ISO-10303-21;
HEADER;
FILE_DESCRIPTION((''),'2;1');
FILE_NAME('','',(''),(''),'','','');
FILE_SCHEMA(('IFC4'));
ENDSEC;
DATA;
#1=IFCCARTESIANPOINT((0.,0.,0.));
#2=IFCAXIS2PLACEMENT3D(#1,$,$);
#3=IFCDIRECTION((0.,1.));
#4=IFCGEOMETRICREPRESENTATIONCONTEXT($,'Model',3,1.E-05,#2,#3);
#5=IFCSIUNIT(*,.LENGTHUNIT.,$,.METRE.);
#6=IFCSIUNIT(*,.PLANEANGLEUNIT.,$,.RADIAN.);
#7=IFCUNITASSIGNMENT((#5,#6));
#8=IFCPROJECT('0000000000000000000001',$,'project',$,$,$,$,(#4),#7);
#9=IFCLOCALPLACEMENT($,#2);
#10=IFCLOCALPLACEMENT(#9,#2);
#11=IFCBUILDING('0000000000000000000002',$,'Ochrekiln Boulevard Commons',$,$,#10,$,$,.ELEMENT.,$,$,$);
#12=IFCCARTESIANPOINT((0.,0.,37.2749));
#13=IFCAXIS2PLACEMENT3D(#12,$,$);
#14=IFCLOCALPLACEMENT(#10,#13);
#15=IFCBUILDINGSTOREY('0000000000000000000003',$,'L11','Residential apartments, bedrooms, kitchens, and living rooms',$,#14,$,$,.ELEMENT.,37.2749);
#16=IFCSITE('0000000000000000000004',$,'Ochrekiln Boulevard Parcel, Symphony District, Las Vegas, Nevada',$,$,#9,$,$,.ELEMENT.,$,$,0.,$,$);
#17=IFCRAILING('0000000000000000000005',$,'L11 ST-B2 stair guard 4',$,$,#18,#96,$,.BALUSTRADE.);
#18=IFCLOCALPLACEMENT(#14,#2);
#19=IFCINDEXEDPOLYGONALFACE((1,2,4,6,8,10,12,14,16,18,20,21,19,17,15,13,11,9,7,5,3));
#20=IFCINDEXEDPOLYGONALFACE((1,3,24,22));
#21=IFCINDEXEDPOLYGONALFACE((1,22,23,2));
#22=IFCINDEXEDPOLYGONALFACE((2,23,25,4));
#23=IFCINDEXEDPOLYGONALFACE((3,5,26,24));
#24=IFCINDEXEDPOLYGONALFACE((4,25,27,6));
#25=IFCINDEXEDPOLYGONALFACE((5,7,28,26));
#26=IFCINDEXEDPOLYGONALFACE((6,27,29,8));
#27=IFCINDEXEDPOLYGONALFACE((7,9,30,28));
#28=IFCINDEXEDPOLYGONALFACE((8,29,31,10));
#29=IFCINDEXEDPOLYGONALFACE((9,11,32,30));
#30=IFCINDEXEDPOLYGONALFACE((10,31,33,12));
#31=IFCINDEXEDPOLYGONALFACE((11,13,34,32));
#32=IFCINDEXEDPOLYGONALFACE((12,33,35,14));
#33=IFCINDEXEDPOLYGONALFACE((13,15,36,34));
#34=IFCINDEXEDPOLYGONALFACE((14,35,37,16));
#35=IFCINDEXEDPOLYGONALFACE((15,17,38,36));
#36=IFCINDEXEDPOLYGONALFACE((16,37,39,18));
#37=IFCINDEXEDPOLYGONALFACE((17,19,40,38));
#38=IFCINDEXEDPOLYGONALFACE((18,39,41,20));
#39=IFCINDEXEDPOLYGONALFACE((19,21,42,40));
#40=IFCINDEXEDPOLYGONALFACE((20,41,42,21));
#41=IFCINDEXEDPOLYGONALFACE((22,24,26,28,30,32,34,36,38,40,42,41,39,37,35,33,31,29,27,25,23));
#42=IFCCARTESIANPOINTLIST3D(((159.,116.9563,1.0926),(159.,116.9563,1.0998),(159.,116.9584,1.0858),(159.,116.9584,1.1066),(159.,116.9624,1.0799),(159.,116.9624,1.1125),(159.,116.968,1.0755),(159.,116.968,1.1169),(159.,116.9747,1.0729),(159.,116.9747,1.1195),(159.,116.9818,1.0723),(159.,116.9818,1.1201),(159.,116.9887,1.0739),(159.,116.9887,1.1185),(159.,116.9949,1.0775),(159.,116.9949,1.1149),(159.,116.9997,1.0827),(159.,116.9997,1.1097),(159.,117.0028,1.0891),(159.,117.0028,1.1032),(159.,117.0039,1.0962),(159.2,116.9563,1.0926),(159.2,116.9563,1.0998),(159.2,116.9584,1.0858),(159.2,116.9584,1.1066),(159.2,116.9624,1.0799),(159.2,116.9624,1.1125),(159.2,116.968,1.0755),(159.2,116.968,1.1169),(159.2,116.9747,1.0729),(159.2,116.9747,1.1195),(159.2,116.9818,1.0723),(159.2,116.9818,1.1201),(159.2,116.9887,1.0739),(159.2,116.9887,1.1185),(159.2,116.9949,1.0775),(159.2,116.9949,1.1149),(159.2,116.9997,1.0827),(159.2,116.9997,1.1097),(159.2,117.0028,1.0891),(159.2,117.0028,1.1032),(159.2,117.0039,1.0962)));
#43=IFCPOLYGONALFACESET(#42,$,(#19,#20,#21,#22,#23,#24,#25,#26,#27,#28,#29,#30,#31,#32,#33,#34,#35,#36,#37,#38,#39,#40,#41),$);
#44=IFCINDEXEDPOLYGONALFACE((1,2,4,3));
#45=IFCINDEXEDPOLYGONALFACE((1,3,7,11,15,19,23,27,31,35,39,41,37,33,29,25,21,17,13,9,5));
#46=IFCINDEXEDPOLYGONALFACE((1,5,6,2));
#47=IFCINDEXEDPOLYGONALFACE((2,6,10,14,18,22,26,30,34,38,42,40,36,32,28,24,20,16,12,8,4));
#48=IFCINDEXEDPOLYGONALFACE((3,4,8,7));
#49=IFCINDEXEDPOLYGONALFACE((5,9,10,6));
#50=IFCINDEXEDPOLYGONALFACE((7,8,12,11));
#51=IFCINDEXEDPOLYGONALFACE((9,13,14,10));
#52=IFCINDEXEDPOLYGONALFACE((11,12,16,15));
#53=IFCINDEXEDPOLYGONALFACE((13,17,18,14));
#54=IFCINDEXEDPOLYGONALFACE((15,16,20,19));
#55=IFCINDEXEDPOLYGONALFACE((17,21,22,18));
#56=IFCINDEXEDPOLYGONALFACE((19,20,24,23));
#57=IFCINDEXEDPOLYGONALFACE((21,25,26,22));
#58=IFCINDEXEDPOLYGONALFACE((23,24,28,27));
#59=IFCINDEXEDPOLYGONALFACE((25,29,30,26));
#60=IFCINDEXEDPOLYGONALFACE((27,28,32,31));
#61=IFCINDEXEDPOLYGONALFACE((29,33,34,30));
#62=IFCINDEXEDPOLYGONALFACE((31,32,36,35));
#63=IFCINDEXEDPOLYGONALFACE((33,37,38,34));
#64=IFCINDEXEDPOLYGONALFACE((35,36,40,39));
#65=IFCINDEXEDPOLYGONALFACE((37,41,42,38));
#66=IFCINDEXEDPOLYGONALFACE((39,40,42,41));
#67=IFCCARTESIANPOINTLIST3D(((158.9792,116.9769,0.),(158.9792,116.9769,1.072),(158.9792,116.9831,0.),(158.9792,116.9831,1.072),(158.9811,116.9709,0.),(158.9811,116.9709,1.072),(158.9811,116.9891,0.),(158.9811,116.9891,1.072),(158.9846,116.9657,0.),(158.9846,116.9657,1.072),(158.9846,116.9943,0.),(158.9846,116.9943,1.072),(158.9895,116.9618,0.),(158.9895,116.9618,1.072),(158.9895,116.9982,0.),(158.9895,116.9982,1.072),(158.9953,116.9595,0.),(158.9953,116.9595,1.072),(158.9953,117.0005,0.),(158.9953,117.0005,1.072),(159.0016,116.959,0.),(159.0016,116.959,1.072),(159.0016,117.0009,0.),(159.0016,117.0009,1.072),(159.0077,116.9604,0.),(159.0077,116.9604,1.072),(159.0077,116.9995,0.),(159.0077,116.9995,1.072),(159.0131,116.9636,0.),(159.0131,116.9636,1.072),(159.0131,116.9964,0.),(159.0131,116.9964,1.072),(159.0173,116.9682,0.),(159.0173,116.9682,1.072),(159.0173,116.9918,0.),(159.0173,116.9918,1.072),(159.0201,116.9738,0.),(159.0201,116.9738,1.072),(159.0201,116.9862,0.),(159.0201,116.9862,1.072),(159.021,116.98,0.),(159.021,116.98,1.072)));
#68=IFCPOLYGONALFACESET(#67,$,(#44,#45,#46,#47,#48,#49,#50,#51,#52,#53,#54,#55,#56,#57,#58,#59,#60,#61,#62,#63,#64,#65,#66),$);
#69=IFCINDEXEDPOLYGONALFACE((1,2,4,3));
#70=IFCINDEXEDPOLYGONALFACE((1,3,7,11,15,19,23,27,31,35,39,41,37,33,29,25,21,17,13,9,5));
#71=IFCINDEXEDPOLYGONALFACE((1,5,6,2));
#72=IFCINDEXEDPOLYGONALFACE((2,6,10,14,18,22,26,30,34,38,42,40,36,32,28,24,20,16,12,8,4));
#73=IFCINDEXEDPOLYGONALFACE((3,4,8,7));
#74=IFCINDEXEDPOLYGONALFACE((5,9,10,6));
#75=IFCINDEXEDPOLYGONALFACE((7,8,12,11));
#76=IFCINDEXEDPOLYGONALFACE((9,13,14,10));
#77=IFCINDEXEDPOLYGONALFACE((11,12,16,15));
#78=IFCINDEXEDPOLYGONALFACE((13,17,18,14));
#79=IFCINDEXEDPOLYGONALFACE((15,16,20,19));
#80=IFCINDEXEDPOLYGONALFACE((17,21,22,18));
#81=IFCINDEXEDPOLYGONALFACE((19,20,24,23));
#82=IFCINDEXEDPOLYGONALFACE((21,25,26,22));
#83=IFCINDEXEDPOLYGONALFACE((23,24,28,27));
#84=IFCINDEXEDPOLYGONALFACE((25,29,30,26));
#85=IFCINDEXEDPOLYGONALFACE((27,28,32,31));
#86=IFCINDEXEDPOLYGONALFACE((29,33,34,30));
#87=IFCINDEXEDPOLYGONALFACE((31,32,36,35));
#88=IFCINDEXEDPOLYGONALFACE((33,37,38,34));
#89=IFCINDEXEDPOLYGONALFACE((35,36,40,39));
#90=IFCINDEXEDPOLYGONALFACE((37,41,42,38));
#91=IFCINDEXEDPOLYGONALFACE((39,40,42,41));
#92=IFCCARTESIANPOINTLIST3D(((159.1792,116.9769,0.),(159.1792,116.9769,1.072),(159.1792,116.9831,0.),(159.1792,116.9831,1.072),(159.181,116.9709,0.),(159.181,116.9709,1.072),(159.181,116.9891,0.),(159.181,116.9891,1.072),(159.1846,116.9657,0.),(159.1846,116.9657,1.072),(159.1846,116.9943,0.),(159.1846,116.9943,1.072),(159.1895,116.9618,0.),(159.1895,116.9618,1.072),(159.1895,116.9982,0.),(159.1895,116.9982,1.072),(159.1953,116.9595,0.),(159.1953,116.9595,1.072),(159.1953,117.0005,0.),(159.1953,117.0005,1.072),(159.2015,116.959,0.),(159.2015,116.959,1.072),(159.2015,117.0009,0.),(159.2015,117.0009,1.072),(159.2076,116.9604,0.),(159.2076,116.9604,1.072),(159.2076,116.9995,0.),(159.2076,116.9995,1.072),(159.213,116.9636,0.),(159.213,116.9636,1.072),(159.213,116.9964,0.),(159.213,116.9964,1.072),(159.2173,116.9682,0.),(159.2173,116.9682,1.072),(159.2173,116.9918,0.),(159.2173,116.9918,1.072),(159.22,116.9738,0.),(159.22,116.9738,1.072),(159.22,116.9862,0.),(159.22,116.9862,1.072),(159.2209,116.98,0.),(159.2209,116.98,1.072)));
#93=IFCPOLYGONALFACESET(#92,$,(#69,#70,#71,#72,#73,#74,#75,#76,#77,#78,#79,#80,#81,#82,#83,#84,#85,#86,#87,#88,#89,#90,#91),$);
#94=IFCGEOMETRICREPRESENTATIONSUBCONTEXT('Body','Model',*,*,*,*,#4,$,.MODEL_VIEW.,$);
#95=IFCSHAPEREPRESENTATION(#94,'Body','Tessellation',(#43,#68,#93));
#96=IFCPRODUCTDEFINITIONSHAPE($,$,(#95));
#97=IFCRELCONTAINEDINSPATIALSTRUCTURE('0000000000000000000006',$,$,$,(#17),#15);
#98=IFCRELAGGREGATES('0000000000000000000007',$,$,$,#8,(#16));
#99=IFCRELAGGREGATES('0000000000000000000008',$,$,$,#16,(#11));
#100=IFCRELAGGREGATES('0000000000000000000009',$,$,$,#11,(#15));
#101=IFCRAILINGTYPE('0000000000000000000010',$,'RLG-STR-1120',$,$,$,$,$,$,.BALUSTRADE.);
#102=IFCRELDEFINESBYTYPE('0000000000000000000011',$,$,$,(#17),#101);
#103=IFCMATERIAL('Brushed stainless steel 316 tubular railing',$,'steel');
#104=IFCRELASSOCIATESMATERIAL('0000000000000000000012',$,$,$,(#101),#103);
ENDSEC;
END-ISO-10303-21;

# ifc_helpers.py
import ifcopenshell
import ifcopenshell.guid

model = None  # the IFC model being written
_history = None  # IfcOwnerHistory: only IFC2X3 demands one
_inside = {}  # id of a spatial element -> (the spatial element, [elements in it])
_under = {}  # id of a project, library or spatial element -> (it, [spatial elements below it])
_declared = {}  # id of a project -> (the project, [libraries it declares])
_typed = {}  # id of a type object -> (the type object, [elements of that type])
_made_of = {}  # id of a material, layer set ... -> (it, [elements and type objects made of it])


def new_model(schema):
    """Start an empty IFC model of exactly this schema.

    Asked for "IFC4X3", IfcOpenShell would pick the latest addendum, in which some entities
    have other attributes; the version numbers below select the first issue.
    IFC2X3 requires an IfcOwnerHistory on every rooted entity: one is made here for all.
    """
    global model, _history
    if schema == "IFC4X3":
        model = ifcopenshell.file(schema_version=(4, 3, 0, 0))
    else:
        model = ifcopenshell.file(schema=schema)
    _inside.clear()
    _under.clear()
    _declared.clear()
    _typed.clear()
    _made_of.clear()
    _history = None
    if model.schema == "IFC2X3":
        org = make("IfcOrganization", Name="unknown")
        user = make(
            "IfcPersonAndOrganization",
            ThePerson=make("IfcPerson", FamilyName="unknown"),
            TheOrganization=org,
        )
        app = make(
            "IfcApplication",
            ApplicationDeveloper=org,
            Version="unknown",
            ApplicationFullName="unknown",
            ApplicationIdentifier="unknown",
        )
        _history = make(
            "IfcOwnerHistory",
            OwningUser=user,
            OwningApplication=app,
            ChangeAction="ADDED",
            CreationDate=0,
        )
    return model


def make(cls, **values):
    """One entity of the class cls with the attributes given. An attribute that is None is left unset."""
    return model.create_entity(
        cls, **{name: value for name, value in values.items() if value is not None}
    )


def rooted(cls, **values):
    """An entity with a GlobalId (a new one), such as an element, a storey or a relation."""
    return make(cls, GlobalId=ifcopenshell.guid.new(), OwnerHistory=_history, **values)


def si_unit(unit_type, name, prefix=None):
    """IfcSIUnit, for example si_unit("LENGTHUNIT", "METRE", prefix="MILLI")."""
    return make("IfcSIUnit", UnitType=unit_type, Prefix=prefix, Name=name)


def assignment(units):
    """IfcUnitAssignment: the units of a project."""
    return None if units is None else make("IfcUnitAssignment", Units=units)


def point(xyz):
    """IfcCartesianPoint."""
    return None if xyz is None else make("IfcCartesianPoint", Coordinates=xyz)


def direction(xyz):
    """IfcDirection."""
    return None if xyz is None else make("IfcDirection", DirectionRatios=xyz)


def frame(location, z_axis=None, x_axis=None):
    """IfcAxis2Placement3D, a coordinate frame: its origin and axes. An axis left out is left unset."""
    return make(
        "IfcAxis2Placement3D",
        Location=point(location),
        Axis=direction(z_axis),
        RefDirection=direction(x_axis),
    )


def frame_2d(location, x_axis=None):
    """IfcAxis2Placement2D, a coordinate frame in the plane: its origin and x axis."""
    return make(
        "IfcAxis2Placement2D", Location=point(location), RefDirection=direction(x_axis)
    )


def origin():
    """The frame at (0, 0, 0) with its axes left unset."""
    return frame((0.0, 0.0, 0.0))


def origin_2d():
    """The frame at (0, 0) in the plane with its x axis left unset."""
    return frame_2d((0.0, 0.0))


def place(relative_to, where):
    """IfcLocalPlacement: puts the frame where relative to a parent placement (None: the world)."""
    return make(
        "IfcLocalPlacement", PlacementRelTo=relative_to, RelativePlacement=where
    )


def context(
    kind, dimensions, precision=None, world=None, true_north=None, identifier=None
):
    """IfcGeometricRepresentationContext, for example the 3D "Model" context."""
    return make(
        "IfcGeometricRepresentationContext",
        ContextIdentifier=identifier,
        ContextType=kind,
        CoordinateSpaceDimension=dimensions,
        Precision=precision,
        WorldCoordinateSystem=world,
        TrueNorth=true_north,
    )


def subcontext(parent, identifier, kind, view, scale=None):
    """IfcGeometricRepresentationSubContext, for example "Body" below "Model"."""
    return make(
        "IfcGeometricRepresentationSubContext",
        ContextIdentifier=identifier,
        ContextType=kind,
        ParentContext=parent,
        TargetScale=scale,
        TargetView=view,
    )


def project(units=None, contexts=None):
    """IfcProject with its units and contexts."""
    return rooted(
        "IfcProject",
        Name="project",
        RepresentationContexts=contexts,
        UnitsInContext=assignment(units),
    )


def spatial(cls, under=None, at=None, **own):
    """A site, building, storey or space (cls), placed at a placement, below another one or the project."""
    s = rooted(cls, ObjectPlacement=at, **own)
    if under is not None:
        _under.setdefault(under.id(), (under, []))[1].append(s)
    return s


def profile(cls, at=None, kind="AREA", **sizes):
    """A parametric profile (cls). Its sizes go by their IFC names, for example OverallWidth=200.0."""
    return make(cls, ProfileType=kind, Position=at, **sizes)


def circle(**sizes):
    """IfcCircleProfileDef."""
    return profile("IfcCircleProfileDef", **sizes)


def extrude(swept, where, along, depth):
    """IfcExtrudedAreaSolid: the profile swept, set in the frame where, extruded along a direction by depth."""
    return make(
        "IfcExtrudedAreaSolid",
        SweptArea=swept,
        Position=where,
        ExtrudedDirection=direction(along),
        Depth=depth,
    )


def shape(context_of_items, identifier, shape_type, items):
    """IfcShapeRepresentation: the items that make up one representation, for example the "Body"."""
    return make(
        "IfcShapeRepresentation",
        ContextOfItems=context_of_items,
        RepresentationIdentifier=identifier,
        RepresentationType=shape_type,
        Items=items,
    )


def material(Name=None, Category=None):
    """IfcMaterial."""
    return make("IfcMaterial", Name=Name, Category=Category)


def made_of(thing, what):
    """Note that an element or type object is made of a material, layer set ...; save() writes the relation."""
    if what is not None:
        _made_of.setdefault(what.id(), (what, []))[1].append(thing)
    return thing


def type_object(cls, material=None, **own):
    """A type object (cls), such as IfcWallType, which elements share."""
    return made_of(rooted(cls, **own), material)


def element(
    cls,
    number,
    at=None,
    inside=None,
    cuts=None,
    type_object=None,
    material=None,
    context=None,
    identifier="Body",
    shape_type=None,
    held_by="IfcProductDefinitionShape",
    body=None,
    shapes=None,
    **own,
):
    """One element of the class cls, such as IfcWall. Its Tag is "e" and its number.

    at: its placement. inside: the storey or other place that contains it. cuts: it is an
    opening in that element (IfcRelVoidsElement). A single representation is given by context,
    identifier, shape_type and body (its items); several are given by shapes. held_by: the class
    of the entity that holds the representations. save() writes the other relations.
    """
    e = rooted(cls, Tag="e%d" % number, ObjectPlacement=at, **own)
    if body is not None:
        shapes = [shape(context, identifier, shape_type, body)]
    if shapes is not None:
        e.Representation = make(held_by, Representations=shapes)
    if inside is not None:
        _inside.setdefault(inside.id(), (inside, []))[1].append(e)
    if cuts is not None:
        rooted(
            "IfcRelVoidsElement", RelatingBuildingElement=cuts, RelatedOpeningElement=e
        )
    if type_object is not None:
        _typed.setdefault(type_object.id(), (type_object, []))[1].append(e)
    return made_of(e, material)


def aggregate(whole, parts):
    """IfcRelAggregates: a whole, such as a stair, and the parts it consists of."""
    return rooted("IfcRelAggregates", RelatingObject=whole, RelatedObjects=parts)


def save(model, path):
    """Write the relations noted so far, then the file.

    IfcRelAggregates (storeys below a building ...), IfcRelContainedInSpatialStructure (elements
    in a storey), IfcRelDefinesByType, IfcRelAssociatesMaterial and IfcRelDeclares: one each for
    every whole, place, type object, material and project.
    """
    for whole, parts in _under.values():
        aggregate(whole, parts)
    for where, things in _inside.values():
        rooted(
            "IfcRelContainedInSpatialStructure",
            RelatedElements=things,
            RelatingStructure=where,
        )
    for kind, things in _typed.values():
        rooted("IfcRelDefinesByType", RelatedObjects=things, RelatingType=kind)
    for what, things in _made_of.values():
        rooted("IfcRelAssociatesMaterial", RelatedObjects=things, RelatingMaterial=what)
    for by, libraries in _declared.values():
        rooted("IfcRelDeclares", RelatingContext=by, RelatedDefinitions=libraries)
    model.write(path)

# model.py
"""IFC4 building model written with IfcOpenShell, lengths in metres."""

from ifc_helpers import new_model, si_unit, direction, frame, origin, origin_2d, place, context, subcontext, project, spatial, circle, extrude, material, type_object, element, save


model = new_model("IFC4")

# Units and contexts
model_context = context("Model", 3, precision=1e-05, world=origin(), true_north=direction((0.0, 1.0)))
body_context = subcontext(model_context, "Body", "Model", "MODEL_VIEW")
ifc_project = project(units=[si_unit("LENGTHUNIT", "METRE"), si_unit("PLANEANGLEUNIT", "RADIAN")], contexts=[model_context])

# Site, building, storey
site_placement = place(None, origin())
site = spatial("IfcSite", under=ifc_project, at=site_placement, Name="Ochrekiln Boulevard Parcel, Symphony District, Las Vegas, Nevada", CompositionType="ELEMENT", RefElevation=0.0)
building_placement = place(site_placement, origin())
building = spatial("IfcBuilding", under=site, at=building_placement, Name="Ochrekiln Boulevard Commons", CompositionType="ELEMENT")
storey_placement = place(building_placement, frame((0.0, 0.0, 37.2749)))
storey = spatial("IfcBuildingStorey", under=building, at=storey_placement, Name="L11", Description="Residential apartments, bedrooms, kitchens, and living rooms", CompositionType="ELEMENT", Elevation=37.2749)

# Railing
ifc_material_1 = material(Name="Brushed stainless steel 316 tubular railing", Category="steel")
railing_type_1 = type_object("IfcRailingType", Name="RLG-STR-1120", PredefinedType="BALUSTRADE", material=ifc_material_1)
railing_1_placement = place(storey_placement, frame((159.0, 116.98, 0.0)))
element("IfcRailing", 1, at=railing_1_placement, inside=storey, type_object=railing_type_1, Name="L11 ST-B2 stair guard 4", PredefinedType="BALUSTRADE", context=body_context, shape_type="SweptSolid", body=[
    extrude(circle(Radius=0.0239, at=origin_2d()), frame((0.0, 0.0, 1.0962), z_axis=(1.0, 0.0, 0.0), x_axis=(0.0, 1.0, 0.0)), (0.0, 0.0, 1.0), 0.2),
    extrude(circle(Radius=0.021, at=origin_2d()), origin(), (0.0, 0.0, 1.0), 1.072),
    extrude(circle(Radius=0.021, at=origin_2d()), frame((0.2, 0.0, 0.0)), (0.0, 0.0, 1.0), 1.072),
])

save(model, "model.ifc")
